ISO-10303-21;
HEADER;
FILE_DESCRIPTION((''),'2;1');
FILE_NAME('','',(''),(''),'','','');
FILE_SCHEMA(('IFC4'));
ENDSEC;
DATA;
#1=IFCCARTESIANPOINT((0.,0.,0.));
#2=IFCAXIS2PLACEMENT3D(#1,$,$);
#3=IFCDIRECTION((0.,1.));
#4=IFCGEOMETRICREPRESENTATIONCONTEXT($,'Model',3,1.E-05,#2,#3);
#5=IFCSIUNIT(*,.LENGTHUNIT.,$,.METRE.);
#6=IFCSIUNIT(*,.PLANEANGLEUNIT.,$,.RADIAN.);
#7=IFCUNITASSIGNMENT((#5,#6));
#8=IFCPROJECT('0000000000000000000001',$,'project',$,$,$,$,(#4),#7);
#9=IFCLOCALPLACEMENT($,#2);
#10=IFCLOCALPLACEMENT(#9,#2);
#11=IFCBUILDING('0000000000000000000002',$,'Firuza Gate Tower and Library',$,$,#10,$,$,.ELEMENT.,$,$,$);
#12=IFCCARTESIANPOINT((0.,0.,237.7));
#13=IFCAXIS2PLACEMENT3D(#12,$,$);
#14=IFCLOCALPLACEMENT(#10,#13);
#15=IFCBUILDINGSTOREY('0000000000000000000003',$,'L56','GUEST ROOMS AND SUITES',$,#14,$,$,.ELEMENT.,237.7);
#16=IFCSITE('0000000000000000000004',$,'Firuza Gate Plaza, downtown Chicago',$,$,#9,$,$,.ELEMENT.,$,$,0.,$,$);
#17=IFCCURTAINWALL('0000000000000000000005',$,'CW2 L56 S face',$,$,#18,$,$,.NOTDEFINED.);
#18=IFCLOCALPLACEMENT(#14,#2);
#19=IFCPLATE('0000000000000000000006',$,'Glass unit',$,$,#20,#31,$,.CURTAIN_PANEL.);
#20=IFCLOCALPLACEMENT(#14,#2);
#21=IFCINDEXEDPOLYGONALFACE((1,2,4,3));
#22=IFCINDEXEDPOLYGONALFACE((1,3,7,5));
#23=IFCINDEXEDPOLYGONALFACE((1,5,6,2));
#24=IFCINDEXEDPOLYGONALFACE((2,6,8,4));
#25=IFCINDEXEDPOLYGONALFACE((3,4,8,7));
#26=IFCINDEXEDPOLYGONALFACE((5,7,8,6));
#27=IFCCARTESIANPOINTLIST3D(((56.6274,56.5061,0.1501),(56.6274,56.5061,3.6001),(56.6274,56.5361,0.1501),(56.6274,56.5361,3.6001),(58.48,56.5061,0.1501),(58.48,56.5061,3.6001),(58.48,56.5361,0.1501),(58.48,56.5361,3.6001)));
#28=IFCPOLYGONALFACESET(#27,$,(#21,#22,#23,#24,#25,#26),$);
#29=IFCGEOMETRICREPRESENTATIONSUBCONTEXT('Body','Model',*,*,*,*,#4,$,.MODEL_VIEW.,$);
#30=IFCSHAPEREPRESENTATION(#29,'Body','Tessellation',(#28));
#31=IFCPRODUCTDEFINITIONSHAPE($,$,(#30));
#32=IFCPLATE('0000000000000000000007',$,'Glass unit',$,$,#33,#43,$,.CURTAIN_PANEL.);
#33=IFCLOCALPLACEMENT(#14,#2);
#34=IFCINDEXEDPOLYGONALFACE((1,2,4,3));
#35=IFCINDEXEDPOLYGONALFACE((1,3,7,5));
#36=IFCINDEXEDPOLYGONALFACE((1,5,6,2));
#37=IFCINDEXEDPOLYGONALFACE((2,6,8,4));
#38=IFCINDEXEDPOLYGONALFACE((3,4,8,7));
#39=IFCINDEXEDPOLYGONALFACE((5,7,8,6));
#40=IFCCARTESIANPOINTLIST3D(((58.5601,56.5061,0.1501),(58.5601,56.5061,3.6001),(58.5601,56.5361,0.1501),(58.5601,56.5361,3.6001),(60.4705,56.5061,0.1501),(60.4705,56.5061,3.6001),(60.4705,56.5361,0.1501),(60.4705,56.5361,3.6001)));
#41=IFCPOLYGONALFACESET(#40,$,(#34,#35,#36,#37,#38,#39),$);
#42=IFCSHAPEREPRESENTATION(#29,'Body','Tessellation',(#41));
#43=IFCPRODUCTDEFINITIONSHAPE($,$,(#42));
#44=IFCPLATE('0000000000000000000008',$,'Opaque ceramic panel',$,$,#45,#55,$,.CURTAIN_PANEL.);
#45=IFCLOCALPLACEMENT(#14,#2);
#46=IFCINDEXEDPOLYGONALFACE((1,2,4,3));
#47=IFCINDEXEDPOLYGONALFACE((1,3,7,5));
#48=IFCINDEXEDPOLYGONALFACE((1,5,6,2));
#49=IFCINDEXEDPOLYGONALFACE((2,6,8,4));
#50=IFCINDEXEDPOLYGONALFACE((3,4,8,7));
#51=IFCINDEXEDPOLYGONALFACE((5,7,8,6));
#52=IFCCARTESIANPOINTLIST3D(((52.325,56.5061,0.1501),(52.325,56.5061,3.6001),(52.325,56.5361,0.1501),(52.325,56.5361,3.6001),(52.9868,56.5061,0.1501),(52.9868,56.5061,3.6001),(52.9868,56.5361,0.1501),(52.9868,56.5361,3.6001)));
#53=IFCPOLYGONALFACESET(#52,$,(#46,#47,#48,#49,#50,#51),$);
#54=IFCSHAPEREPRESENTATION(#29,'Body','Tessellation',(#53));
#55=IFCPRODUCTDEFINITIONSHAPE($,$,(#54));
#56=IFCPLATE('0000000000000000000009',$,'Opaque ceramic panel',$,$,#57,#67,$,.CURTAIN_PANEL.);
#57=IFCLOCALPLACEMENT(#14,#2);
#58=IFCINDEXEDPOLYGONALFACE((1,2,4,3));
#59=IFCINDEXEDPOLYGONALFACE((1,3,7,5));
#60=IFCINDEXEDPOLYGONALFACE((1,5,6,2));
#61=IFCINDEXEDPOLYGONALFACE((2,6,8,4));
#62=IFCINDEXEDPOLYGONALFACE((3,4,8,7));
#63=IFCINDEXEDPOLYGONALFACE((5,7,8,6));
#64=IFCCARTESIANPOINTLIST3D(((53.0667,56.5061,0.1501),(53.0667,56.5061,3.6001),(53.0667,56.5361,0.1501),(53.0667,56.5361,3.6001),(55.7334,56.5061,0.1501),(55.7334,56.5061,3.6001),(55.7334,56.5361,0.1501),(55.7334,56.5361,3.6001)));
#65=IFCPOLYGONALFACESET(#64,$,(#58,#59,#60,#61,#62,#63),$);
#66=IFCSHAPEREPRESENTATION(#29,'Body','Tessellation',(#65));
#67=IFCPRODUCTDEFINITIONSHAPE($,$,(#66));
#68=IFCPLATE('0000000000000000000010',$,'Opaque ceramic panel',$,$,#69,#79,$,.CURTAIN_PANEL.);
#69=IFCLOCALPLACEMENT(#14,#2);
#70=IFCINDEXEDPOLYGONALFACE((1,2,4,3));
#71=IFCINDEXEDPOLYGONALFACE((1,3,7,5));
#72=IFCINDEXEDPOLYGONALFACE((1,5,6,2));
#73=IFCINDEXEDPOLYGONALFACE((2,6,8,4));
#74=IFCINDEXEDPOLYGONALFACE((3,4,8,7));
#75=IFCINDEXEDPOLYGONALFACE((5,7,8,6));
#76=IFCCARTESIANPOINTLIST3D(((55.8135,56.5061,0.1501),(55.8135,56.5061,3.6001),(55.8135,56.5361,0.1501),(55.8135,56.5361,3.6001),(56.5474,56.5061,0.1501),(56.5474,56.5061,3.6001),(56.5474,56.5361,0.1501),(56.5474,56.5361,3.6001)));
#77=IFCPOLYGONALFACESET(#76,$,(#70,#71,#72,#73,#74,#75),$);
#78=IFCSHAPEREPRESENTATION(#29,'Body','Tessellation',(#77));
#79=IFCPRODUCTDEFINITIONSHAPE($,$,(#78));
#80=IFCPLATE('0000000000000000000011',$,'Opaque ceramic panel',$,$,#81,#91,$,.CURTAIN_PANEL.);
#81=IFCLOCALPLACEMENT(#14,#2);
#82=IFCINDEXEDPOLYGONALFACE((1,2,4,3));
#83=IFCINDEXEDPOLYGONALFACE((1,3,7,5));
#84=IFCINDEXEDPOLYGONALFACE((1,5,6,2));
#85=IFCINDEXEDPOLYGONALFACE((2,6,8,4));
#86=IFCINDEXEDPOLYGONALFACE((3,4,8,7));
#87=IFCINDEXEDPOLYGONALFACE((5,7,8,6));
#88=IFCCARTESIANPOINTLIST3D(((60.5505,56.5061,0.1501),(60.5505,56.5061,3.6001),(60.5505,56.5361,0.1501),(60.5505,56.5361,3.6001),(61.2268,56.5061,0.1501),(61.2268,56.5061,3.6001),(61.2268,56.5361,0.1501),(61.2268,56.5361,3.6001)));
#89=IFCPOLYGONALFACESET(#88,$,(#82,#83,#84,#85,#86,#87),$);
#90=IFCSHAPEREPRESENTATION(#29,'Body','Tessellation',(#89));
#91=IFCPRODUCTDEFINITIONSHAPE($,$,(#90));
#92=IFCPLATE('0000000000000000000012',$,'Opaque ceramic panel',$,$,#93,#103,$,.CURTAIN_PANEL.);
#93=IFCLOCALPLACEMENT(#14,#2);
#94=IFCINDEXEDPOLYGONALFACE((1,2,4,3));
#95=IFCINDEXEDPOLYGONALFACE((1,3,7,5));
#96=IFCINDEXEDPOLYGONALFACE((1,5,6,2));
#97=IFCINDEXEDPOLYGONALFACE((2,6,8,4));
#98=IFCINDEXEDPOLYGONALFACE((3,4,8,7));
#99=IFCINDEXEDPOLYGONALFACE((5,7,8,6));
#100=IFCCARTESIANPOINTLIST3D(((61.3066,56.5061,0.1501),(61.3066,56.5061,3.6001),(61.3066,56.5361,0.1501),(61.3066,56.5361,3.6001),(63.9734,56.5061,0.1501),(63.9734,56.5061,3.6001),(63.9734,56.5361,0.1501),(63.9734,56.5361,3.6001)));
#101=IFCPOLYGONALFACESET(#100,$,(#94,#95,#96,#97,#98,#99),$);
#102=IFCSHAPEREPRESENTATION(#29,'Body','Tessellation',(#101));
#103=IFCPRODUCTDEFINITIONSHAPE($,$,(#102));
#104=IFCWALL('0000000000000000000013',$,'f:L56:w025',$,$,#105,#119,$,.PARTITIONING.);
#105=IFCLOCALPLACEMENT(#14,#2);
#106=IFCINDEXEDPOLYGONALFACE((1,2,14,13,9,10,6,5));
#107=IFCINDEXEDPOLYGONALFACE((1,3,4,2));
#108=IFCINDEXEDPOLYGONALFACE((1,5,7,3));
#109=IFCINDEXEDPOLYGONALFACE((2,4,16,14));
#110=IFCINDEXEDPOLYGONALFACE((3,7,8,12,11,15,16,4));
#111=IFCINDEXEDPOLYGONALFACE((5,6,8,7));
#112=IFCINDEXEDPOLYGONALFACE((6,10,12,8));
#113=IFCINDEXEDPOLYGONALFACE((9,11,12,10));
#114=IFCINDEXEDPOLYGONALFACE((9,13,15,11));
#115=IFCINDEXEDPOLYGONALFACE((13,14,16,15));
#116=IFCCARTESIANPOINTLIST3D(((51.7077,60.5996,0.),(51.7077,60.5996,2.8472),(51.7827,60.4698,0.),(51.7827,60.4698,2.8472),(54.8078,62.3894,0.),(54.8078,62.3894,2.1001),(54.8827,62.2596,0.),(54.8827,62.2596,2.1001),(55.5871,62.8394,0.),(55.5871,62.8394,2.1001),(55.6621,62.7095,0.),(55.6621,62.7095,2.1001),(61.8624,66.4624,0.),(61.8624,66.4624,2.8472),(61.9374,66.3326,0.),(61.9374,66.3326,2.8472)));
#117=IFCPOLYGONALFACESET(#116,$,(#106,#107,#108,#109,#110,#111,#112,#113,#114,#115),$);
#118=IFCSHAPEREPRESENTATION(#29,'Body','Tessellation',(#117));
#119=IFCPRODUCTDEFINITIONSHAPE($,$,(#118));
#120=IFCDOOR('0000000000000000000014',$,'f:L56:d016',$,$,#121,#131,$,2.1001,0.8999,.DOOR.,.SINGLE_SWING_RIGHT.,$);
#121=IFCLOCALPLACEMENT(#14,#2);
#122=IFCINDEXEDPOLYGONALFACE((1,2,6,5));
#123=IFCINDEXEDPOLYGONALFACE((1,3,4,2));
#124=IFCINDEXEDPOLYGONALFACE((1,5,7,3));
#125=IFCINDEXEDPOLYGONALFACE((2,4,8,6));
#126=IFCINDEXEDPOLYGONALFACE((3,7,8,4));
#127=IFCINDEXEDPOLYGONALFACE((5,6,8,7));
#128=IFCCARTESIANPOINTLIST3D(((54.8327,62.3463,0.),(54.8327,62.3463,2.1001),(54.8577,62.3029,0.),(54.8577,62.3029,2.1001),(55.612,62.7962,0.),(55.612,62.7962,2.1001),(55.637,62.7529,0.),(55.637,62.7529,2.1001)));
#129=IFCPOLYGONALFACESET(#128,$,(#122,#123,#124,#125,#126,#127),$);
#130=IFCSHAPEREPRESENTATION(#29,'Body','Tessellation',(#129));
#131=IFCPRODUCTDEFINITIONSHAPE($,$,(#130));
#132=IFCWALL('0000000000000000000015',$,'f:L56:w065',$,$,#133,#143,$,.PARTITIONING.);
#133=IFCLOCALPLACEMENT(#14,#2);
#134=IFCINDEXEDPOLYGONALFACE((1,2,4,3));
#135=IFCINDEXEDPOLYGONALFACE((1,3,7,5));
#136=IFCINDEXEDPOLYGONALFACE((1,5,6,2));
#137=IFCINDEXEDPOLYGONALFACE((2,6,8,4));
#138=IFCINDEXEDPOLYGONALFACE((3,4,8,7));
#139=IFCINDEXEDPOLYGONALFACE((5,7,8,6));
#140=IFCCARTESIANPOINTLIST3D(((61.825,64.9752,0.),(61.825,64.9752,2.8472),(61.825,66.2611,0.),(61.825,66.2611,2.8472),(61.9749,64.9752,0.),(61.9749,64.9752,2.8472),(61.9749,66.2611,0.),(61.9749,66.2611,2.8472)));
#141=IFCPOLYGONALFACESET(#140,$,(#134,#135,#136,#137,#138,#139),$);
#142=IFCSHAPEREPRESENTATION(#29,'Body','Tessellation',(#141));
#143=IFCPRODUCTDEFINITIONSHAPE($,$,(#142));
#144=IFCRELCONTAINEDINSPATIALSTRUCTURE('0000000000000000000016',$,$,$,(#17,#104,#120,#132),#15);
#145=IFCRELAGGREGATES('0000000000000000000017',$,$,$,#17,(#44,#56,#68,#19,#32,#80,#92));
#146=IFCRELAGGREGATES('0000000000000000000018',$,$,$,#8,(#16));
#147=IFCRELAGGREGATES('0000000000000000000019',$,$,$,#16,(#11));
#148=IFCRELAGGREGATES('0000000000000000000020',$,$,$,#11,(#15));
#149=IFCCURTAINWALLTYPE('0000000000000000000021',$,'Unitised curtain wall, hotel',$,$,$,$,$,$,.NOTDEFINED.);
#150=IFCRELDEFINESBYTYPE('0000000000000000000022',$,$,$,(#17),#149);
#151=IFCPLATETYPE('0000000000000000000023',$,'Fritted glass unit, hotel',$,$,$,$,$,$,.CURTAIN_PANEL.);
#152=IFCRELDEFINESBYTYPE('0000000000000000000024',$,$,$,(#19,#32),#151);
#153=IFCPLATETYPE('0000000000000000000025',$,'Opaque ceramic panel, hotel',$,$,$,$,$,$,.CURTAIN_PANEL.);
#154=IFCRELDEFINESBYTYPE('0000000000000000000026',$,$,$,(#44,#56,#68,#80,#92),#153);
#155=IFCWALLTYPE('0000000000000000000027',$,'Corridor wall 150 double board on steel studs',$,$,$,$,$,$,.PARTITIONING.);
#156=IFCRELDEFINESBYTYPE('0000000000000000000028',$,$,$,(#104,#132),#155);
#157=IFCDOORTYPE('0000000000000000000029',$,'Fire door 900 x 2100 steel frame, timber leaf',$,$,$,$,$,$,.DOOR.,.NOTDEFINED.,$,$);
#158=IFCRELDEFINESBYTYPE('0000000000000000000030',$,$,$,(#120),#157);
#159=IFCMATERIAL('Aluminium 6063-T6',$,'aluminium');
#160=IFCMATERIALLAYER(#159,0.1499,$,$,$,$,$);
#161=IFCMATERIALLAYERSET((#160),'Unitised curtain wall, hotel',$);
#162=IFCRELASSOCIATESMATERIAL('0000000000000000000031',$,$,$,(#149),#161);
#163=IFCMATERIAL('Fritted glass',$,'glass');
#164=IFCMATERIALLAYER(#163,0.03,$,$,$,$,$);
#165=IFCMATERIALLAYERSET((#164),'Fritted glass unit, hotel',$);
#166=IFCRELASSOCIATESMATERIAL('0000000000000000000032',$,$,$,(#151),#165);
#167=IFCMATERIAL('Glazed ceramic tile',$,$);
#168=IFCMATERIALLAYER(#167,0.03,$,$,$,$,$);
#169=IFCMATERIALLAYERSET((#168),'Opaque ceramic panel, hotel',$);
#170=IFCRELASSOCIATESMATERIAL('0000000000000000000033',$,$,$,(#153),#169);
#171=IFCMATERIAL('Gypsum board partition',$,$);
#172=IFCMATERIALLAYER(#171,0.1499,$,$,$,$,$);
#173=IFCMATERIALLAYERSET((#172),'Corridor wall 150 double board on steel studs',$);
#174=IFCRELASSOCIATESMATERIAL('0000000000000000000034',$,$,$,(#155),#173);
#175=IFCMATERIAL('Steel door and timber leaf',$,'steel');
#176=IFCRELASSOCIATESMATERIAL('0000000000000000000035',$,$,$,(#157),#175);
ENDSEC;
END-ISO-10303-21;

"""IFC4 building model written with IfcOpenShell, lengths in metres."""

from ifc_helpers import new_model, si_unit, direction, frame, frame_2d, origin, place, context, subcontext, project, spatial, polyline, rectangle, outline, extrude, material, layer, layer_set, type_object, element, fill, aggregate, save


model = new_model("IFC4")

# Units and contexts
model_context = context("Model", 3, precision=1e-05, world=origin(), true_north=direction((0.0, 1.0)))
body_context = subcontext(model_context, "Body", "Model", "MODEL_VIEW")
ifc_project = project(units=[si_unit("LENGTHUNIT", "METRE"), si_unit("PLANEANGLEUNIT", "RADIAN")], contexts=[model_context])

# Site, building, storey
site_placement = place(None, origin())
site = spatial("IfcSite", under=ifc_project, at=site_placement, Name="Firuza Gate Plaza, downtown Chicago", CompositionType="ELEMENT", RefElevation=0.0)
building_placement = place(site_placement, origin())
building = spatial("IfcBuilding", under=site, at=building_placement, Name="Firuza Gate Tower and Library", CompositionType="ELEMENT")
storey_placement = place(building_placement, frame((0.0, 0.0, 237.7)))
storey = spatial("IfcBuildingStorey", under=building, at=storey_placement, Name="L56", Description="GUEST ROOMS AND SUITES", CompositionType="ELEMENT", Elevation=237.7)

# Curtain wall
ifc_material_1 = material(Name="Aluminium 6063-T6", Category="aluminium")
ifc_layer_1 = layer(ifc_material_1, 0.1499)
ifc_layer_set_1 = layer_set([ifc_layer_1], Name="Unitised curtain wall, hotel")
curtain_wall_type = type_object("IfcCurtainWallType", Name="Unitised curtain wall, hotel", PredefinedType="NOTDEFINED", material=ifc_layer_set_1)
curtain_wall_placement = place(storey_placement, origin())
curtain_wall = element("IfcCurtainWall", 1, at=curtain_wall_placement, inside=storey, type_object=curtain_wall_type, Name="CW2 L56 S face", PredefinedType="NOTDEFINED")

# Plates
ifc_material_2 = material(Name="Fritted glass", Category="glass")
ifc_layer_2 = layer(ifc_material_2, 0.03)
ifc_layer_set_2 = layer_set([ifc_layer_2], Name="Fritted glass unit, hotel")
plate_type_1 = type_object("IfcPlateType", Name="Fritted glass unit, hotel", PredefinedType="CURTAIN_PANEL", material=ifc_layer_set_2)
plate_1_placement = place(storey_placement, frame((56.6274, 56.5061, 0.1501), z_axis=(0.0, -1.0, 0.0), x_axis=(1.0, 0.0, 0.0)))
plate_1 = element("IfcPlate", 2, at=plate_1_placement, type_object=plate_type_1, Name="Glass unit", PredefinedType="CURTAIN_PANEL", context=body_context, shape_type="SweptSolid", body=[
    extrude(outline(polyline([(0.0, 0.0), (1.8525, 0.0), (1.8525, 3.45), (0.0, 3.45), (0.0, 0.0)])), origin(), (0.0, 0.0, -1.0), 0.03),
])
plate_2_placement = place(storey_placement, frame((58.5601, 56.5061, 0.1501), z_axis=(0.0, -1.0, 0.0), x_axis=(1.0, 0.0, 0.0)))
plate_2 = element("IfcPlate", 3, at=plate_2_placement, type_object=plate_type_1, Name="Glass unit", PredefinedType="CURTAIN_PANEL", context=body_context, shape_type="SweptSolid", body=[
    extrude(outline(polyline([(0.0, 0.0), (1.9104, 0.0), (1.9104, 3.45), (0.0, 3.45), (0.0, 0.0)])), origin(), (0.0, 0.0, -1.0), 0.03),
])
ifc_material_3 = material(Name="Glazed ceramic tile")
ifc_layer_3 = layer(ifc_material_3, 0.03)
ifc_layer_set_3 = layer_set([ifc_layer_3], Name="Opaque ceramic panel, hotel")
plate_type_2 = type_object("IfcPlateType", Name="Opaque ceramic panel, hotel", PredefinedType="CURTAIN_PANEL", material=ifc_layer_set_3)
plate_3_placement = place(storey_placement, frame((52.325, 56.5061, 0.1501), z_axis=(0.0, -1.0, 0.0), x_axis=(1.0, 0.0, 0.0)))
plate_3 = element("IfcPlate", 4, at=plate_3_placement, type_object=plate_type_2, Name="Opaque ceramic panel", PredefinedType="CURTAIN_PANEL", context=body_context, shape_type="SweptSolid", body=[
    extrude(outline(polyline([(0.0, 0.0), (0.6619, 0.0), (0.6619, 3.45), (0.0, 3.45), (0.0, 0.0)])), origin(), (0.0, 0.0, -1.0), 0.03),
])
plate_4_placement = place(storey_placement, frame((53.0667, 56.5061, 0.1501), z_axis=(0.0, -1.0, 0.0), x_axis=(1.0, 0.0, 0.0)))
plate_4 = element("IfcPlate", 5, at=plate_4_placement, type_object=plate_type_2, Name="Opaque ceramic panel", PredefinedType="CURTAIN_PANEL", context=body_context, shape_type="SweptSolid", body=[
    extrude(outline(polyline([(0.0, 0.0), (2.6667, 0.0), (2.6667, 3.45), (0.0, 3.45), (0.0, 0.0)])), origin(), (0.0, 0.0, -1.0), 0.03),
])
plate_5_placement = place(storey_placement, frame((55.8135, 56.5061, 0.1501), z_axis=(0.0, -1.0, 0.0), x_axis=(1.0, 0.0, 0.0)))
plate_5 = element("IfcPlate", 6, at=plate_5_placement, type_object=plate_type_2, Name="Opaque ceramic panel", PredefinedType="CURTAIN_PANEL", context=body_context, shape_type="SweptSolid", body=[
    extrude(outline(polyline([(0.0, 0.0), (0.7339, 0.0), (0.7339, 3.45), (0.0, 3.45), (0.0, 0.0)])), origin(), (0.0, 0.0, -1.0), 0.03),
])
plate_6_placement = place(storey_placement, frame((60.5505, 56.5061, 0.1501), z_axis=(0.0, -1.0, 0.0), x_axis=(1.0, 0.0, 0.0)))
plate_6 = element("IfcPlate", 7, at=plate_6_placement, type_object=plate_type_2, Name="Opaque ceramic panel", PredefinedType="CURTAIN_PANEL", context=body_context, shape_type="SweptSolid", body=[
    extrude(outline(polyline([(0.0, 0.0), (0.6763, 0.0), (0.6763, 3.45), (0.0, 3.45), (0.0, 0.0)])), origin(), (0.0, 0.0, -1.0), 0.03),
])
plate_7_placement = place(storey_placement, frame((61.3066, 56.5061, 0.1501), z_axis=(0.0, -1.0, 0.0), x_axis=(1.0, 0.0, 0.0)))
plate_7 = element("IfcPlate", 8, at=plate_7_placement, type_object=plate_type_2, Name="Opaque ceramic panel", PredefinedType="CURTAIN_PANEL", context=body_context, shape_type="SweptSolid", body=[
    extrude(outline(polyline([(0.0, 0.0), (2.6667, 0.0), (2.6667, 3.45), (0.0, 3.45), (0.0, 0.0)])), origin(), (0.0, 0.0, -1.0), 0.03),
])
aggregate(curtain_wall, [plate_3, plate_4, plate_5, plate_1, plate_2, plate_6, plate_7])

# Wall, opening, door
ifc_material_4 = material(Name="Gypsum board partition")
ifc_layer_4 = layer(ifc_material_4, 0.1499)
ifc_layer_set_4 = layer_set([ifc_layer_4], Name="Corridor wall 150 double board on steel studs")
wall_type_1 = type_object("IfcWallType", Name="Corridor wall 150 double board on steel studs", PredefinedType="PARTITIONING", material=ifc_layer_set_4)
wall_1_placement = place(storey_placement, frame((61.8999, 66.3975, 0.0), z_axis=(0.0, 0.0, 1.0), x_axis=(-0.866028, -0.499995, 0.0)))
wall_1 = element("IfcWall", 9, at=wall_1_placement, inside=storey, type_object=wall_type_1, Name="f:L56:w025", PredefinedType="PARTITIONING", context=body_context, shape_type="SweptSolid", body=[
    extrude(rectangle(XDim=11.7256, YDim=0.1499, at=frame_2d((5.8628, 0.0))), origin(), (0.0, 0.0, 1.0), 2.8472),
])
opening_1_placement = place(wall_1_placement, frame((7.2461, 0.0, 0.0)))
opening_1 = element("IfcOpeningElement", 10, at=opening_1_placement, cuts=wall_1, PredefinedType="OPENING", context=body_context, shape_type="SweptSolid", body=[
    extrude(rectangle(XDim=0.8999, YDim=2.1001, at=frame_2d((0.45, 1.05))), frame((0.0, 0.085, 0.0), z_axis=(0.0, -1.0, 0.0), x_axis=(1.0, 0.0, 0.0)), (0.0, 0.0, 1.0), 0.1699),
])
ifc_material_5 = material(Name="Steel door and timber leaf", Category="steel")
door_type_1 = type_object("IfcDoorType", Name="Fire door 900 x 2100 steel frame, timber leaf", OperationType="NOTDEFINED", PredefinedType="DOOR", material=ifc_material_5)
door_1_placement = place(opening_1_placement, origin())
door_1 = element("IfcDoor", 11, at=door_1_placement, inside=storey, type_object=door_type_1, Name="f:L56:d016", OperationType="SINGLE_SWING_RIGHT", OverallHeight=2.1001, OverallWidth=0.8999, PredefinedType="DOOR", context=body_context, shape_type="SweptSolid", body=[
    extrude(rectangle(XDim=0.8999, YDim=2.1001, at=frame_2d((0.45, 1.05))), frame((0.0, 0.0249, 0.0), z_axis=(0.0, -1.0, 0.0), x_axis=(1.0, 0.0, 0.0)), (0.0, 0.0, 1.0), 0.05),
])
fill(opening_1, door_1)

# Wall
wall_2_placement = place(storey_placement, frame((61.8999, 64.9751, 0.0), z_axis=(0.0, 0.0, 1.0), x_axis=(0.0, 1.0, 0.0)))
element("IfcWall", 12, at=wall_2_placement, inside=storey, type_object=wall_type_1, Name="f:L56:w065", PredefinedType="PARTITIONING", context=body_context, shape_type="SweptSolid", body=[
    extrude(rectangle(XDim=1.2859, YDim=0.1499, at=frame_2d((0.6431, 0.0))), origin(), (0.0, 0.0, 1.0), 2.8472),
])

save(model, "model.ifc")
